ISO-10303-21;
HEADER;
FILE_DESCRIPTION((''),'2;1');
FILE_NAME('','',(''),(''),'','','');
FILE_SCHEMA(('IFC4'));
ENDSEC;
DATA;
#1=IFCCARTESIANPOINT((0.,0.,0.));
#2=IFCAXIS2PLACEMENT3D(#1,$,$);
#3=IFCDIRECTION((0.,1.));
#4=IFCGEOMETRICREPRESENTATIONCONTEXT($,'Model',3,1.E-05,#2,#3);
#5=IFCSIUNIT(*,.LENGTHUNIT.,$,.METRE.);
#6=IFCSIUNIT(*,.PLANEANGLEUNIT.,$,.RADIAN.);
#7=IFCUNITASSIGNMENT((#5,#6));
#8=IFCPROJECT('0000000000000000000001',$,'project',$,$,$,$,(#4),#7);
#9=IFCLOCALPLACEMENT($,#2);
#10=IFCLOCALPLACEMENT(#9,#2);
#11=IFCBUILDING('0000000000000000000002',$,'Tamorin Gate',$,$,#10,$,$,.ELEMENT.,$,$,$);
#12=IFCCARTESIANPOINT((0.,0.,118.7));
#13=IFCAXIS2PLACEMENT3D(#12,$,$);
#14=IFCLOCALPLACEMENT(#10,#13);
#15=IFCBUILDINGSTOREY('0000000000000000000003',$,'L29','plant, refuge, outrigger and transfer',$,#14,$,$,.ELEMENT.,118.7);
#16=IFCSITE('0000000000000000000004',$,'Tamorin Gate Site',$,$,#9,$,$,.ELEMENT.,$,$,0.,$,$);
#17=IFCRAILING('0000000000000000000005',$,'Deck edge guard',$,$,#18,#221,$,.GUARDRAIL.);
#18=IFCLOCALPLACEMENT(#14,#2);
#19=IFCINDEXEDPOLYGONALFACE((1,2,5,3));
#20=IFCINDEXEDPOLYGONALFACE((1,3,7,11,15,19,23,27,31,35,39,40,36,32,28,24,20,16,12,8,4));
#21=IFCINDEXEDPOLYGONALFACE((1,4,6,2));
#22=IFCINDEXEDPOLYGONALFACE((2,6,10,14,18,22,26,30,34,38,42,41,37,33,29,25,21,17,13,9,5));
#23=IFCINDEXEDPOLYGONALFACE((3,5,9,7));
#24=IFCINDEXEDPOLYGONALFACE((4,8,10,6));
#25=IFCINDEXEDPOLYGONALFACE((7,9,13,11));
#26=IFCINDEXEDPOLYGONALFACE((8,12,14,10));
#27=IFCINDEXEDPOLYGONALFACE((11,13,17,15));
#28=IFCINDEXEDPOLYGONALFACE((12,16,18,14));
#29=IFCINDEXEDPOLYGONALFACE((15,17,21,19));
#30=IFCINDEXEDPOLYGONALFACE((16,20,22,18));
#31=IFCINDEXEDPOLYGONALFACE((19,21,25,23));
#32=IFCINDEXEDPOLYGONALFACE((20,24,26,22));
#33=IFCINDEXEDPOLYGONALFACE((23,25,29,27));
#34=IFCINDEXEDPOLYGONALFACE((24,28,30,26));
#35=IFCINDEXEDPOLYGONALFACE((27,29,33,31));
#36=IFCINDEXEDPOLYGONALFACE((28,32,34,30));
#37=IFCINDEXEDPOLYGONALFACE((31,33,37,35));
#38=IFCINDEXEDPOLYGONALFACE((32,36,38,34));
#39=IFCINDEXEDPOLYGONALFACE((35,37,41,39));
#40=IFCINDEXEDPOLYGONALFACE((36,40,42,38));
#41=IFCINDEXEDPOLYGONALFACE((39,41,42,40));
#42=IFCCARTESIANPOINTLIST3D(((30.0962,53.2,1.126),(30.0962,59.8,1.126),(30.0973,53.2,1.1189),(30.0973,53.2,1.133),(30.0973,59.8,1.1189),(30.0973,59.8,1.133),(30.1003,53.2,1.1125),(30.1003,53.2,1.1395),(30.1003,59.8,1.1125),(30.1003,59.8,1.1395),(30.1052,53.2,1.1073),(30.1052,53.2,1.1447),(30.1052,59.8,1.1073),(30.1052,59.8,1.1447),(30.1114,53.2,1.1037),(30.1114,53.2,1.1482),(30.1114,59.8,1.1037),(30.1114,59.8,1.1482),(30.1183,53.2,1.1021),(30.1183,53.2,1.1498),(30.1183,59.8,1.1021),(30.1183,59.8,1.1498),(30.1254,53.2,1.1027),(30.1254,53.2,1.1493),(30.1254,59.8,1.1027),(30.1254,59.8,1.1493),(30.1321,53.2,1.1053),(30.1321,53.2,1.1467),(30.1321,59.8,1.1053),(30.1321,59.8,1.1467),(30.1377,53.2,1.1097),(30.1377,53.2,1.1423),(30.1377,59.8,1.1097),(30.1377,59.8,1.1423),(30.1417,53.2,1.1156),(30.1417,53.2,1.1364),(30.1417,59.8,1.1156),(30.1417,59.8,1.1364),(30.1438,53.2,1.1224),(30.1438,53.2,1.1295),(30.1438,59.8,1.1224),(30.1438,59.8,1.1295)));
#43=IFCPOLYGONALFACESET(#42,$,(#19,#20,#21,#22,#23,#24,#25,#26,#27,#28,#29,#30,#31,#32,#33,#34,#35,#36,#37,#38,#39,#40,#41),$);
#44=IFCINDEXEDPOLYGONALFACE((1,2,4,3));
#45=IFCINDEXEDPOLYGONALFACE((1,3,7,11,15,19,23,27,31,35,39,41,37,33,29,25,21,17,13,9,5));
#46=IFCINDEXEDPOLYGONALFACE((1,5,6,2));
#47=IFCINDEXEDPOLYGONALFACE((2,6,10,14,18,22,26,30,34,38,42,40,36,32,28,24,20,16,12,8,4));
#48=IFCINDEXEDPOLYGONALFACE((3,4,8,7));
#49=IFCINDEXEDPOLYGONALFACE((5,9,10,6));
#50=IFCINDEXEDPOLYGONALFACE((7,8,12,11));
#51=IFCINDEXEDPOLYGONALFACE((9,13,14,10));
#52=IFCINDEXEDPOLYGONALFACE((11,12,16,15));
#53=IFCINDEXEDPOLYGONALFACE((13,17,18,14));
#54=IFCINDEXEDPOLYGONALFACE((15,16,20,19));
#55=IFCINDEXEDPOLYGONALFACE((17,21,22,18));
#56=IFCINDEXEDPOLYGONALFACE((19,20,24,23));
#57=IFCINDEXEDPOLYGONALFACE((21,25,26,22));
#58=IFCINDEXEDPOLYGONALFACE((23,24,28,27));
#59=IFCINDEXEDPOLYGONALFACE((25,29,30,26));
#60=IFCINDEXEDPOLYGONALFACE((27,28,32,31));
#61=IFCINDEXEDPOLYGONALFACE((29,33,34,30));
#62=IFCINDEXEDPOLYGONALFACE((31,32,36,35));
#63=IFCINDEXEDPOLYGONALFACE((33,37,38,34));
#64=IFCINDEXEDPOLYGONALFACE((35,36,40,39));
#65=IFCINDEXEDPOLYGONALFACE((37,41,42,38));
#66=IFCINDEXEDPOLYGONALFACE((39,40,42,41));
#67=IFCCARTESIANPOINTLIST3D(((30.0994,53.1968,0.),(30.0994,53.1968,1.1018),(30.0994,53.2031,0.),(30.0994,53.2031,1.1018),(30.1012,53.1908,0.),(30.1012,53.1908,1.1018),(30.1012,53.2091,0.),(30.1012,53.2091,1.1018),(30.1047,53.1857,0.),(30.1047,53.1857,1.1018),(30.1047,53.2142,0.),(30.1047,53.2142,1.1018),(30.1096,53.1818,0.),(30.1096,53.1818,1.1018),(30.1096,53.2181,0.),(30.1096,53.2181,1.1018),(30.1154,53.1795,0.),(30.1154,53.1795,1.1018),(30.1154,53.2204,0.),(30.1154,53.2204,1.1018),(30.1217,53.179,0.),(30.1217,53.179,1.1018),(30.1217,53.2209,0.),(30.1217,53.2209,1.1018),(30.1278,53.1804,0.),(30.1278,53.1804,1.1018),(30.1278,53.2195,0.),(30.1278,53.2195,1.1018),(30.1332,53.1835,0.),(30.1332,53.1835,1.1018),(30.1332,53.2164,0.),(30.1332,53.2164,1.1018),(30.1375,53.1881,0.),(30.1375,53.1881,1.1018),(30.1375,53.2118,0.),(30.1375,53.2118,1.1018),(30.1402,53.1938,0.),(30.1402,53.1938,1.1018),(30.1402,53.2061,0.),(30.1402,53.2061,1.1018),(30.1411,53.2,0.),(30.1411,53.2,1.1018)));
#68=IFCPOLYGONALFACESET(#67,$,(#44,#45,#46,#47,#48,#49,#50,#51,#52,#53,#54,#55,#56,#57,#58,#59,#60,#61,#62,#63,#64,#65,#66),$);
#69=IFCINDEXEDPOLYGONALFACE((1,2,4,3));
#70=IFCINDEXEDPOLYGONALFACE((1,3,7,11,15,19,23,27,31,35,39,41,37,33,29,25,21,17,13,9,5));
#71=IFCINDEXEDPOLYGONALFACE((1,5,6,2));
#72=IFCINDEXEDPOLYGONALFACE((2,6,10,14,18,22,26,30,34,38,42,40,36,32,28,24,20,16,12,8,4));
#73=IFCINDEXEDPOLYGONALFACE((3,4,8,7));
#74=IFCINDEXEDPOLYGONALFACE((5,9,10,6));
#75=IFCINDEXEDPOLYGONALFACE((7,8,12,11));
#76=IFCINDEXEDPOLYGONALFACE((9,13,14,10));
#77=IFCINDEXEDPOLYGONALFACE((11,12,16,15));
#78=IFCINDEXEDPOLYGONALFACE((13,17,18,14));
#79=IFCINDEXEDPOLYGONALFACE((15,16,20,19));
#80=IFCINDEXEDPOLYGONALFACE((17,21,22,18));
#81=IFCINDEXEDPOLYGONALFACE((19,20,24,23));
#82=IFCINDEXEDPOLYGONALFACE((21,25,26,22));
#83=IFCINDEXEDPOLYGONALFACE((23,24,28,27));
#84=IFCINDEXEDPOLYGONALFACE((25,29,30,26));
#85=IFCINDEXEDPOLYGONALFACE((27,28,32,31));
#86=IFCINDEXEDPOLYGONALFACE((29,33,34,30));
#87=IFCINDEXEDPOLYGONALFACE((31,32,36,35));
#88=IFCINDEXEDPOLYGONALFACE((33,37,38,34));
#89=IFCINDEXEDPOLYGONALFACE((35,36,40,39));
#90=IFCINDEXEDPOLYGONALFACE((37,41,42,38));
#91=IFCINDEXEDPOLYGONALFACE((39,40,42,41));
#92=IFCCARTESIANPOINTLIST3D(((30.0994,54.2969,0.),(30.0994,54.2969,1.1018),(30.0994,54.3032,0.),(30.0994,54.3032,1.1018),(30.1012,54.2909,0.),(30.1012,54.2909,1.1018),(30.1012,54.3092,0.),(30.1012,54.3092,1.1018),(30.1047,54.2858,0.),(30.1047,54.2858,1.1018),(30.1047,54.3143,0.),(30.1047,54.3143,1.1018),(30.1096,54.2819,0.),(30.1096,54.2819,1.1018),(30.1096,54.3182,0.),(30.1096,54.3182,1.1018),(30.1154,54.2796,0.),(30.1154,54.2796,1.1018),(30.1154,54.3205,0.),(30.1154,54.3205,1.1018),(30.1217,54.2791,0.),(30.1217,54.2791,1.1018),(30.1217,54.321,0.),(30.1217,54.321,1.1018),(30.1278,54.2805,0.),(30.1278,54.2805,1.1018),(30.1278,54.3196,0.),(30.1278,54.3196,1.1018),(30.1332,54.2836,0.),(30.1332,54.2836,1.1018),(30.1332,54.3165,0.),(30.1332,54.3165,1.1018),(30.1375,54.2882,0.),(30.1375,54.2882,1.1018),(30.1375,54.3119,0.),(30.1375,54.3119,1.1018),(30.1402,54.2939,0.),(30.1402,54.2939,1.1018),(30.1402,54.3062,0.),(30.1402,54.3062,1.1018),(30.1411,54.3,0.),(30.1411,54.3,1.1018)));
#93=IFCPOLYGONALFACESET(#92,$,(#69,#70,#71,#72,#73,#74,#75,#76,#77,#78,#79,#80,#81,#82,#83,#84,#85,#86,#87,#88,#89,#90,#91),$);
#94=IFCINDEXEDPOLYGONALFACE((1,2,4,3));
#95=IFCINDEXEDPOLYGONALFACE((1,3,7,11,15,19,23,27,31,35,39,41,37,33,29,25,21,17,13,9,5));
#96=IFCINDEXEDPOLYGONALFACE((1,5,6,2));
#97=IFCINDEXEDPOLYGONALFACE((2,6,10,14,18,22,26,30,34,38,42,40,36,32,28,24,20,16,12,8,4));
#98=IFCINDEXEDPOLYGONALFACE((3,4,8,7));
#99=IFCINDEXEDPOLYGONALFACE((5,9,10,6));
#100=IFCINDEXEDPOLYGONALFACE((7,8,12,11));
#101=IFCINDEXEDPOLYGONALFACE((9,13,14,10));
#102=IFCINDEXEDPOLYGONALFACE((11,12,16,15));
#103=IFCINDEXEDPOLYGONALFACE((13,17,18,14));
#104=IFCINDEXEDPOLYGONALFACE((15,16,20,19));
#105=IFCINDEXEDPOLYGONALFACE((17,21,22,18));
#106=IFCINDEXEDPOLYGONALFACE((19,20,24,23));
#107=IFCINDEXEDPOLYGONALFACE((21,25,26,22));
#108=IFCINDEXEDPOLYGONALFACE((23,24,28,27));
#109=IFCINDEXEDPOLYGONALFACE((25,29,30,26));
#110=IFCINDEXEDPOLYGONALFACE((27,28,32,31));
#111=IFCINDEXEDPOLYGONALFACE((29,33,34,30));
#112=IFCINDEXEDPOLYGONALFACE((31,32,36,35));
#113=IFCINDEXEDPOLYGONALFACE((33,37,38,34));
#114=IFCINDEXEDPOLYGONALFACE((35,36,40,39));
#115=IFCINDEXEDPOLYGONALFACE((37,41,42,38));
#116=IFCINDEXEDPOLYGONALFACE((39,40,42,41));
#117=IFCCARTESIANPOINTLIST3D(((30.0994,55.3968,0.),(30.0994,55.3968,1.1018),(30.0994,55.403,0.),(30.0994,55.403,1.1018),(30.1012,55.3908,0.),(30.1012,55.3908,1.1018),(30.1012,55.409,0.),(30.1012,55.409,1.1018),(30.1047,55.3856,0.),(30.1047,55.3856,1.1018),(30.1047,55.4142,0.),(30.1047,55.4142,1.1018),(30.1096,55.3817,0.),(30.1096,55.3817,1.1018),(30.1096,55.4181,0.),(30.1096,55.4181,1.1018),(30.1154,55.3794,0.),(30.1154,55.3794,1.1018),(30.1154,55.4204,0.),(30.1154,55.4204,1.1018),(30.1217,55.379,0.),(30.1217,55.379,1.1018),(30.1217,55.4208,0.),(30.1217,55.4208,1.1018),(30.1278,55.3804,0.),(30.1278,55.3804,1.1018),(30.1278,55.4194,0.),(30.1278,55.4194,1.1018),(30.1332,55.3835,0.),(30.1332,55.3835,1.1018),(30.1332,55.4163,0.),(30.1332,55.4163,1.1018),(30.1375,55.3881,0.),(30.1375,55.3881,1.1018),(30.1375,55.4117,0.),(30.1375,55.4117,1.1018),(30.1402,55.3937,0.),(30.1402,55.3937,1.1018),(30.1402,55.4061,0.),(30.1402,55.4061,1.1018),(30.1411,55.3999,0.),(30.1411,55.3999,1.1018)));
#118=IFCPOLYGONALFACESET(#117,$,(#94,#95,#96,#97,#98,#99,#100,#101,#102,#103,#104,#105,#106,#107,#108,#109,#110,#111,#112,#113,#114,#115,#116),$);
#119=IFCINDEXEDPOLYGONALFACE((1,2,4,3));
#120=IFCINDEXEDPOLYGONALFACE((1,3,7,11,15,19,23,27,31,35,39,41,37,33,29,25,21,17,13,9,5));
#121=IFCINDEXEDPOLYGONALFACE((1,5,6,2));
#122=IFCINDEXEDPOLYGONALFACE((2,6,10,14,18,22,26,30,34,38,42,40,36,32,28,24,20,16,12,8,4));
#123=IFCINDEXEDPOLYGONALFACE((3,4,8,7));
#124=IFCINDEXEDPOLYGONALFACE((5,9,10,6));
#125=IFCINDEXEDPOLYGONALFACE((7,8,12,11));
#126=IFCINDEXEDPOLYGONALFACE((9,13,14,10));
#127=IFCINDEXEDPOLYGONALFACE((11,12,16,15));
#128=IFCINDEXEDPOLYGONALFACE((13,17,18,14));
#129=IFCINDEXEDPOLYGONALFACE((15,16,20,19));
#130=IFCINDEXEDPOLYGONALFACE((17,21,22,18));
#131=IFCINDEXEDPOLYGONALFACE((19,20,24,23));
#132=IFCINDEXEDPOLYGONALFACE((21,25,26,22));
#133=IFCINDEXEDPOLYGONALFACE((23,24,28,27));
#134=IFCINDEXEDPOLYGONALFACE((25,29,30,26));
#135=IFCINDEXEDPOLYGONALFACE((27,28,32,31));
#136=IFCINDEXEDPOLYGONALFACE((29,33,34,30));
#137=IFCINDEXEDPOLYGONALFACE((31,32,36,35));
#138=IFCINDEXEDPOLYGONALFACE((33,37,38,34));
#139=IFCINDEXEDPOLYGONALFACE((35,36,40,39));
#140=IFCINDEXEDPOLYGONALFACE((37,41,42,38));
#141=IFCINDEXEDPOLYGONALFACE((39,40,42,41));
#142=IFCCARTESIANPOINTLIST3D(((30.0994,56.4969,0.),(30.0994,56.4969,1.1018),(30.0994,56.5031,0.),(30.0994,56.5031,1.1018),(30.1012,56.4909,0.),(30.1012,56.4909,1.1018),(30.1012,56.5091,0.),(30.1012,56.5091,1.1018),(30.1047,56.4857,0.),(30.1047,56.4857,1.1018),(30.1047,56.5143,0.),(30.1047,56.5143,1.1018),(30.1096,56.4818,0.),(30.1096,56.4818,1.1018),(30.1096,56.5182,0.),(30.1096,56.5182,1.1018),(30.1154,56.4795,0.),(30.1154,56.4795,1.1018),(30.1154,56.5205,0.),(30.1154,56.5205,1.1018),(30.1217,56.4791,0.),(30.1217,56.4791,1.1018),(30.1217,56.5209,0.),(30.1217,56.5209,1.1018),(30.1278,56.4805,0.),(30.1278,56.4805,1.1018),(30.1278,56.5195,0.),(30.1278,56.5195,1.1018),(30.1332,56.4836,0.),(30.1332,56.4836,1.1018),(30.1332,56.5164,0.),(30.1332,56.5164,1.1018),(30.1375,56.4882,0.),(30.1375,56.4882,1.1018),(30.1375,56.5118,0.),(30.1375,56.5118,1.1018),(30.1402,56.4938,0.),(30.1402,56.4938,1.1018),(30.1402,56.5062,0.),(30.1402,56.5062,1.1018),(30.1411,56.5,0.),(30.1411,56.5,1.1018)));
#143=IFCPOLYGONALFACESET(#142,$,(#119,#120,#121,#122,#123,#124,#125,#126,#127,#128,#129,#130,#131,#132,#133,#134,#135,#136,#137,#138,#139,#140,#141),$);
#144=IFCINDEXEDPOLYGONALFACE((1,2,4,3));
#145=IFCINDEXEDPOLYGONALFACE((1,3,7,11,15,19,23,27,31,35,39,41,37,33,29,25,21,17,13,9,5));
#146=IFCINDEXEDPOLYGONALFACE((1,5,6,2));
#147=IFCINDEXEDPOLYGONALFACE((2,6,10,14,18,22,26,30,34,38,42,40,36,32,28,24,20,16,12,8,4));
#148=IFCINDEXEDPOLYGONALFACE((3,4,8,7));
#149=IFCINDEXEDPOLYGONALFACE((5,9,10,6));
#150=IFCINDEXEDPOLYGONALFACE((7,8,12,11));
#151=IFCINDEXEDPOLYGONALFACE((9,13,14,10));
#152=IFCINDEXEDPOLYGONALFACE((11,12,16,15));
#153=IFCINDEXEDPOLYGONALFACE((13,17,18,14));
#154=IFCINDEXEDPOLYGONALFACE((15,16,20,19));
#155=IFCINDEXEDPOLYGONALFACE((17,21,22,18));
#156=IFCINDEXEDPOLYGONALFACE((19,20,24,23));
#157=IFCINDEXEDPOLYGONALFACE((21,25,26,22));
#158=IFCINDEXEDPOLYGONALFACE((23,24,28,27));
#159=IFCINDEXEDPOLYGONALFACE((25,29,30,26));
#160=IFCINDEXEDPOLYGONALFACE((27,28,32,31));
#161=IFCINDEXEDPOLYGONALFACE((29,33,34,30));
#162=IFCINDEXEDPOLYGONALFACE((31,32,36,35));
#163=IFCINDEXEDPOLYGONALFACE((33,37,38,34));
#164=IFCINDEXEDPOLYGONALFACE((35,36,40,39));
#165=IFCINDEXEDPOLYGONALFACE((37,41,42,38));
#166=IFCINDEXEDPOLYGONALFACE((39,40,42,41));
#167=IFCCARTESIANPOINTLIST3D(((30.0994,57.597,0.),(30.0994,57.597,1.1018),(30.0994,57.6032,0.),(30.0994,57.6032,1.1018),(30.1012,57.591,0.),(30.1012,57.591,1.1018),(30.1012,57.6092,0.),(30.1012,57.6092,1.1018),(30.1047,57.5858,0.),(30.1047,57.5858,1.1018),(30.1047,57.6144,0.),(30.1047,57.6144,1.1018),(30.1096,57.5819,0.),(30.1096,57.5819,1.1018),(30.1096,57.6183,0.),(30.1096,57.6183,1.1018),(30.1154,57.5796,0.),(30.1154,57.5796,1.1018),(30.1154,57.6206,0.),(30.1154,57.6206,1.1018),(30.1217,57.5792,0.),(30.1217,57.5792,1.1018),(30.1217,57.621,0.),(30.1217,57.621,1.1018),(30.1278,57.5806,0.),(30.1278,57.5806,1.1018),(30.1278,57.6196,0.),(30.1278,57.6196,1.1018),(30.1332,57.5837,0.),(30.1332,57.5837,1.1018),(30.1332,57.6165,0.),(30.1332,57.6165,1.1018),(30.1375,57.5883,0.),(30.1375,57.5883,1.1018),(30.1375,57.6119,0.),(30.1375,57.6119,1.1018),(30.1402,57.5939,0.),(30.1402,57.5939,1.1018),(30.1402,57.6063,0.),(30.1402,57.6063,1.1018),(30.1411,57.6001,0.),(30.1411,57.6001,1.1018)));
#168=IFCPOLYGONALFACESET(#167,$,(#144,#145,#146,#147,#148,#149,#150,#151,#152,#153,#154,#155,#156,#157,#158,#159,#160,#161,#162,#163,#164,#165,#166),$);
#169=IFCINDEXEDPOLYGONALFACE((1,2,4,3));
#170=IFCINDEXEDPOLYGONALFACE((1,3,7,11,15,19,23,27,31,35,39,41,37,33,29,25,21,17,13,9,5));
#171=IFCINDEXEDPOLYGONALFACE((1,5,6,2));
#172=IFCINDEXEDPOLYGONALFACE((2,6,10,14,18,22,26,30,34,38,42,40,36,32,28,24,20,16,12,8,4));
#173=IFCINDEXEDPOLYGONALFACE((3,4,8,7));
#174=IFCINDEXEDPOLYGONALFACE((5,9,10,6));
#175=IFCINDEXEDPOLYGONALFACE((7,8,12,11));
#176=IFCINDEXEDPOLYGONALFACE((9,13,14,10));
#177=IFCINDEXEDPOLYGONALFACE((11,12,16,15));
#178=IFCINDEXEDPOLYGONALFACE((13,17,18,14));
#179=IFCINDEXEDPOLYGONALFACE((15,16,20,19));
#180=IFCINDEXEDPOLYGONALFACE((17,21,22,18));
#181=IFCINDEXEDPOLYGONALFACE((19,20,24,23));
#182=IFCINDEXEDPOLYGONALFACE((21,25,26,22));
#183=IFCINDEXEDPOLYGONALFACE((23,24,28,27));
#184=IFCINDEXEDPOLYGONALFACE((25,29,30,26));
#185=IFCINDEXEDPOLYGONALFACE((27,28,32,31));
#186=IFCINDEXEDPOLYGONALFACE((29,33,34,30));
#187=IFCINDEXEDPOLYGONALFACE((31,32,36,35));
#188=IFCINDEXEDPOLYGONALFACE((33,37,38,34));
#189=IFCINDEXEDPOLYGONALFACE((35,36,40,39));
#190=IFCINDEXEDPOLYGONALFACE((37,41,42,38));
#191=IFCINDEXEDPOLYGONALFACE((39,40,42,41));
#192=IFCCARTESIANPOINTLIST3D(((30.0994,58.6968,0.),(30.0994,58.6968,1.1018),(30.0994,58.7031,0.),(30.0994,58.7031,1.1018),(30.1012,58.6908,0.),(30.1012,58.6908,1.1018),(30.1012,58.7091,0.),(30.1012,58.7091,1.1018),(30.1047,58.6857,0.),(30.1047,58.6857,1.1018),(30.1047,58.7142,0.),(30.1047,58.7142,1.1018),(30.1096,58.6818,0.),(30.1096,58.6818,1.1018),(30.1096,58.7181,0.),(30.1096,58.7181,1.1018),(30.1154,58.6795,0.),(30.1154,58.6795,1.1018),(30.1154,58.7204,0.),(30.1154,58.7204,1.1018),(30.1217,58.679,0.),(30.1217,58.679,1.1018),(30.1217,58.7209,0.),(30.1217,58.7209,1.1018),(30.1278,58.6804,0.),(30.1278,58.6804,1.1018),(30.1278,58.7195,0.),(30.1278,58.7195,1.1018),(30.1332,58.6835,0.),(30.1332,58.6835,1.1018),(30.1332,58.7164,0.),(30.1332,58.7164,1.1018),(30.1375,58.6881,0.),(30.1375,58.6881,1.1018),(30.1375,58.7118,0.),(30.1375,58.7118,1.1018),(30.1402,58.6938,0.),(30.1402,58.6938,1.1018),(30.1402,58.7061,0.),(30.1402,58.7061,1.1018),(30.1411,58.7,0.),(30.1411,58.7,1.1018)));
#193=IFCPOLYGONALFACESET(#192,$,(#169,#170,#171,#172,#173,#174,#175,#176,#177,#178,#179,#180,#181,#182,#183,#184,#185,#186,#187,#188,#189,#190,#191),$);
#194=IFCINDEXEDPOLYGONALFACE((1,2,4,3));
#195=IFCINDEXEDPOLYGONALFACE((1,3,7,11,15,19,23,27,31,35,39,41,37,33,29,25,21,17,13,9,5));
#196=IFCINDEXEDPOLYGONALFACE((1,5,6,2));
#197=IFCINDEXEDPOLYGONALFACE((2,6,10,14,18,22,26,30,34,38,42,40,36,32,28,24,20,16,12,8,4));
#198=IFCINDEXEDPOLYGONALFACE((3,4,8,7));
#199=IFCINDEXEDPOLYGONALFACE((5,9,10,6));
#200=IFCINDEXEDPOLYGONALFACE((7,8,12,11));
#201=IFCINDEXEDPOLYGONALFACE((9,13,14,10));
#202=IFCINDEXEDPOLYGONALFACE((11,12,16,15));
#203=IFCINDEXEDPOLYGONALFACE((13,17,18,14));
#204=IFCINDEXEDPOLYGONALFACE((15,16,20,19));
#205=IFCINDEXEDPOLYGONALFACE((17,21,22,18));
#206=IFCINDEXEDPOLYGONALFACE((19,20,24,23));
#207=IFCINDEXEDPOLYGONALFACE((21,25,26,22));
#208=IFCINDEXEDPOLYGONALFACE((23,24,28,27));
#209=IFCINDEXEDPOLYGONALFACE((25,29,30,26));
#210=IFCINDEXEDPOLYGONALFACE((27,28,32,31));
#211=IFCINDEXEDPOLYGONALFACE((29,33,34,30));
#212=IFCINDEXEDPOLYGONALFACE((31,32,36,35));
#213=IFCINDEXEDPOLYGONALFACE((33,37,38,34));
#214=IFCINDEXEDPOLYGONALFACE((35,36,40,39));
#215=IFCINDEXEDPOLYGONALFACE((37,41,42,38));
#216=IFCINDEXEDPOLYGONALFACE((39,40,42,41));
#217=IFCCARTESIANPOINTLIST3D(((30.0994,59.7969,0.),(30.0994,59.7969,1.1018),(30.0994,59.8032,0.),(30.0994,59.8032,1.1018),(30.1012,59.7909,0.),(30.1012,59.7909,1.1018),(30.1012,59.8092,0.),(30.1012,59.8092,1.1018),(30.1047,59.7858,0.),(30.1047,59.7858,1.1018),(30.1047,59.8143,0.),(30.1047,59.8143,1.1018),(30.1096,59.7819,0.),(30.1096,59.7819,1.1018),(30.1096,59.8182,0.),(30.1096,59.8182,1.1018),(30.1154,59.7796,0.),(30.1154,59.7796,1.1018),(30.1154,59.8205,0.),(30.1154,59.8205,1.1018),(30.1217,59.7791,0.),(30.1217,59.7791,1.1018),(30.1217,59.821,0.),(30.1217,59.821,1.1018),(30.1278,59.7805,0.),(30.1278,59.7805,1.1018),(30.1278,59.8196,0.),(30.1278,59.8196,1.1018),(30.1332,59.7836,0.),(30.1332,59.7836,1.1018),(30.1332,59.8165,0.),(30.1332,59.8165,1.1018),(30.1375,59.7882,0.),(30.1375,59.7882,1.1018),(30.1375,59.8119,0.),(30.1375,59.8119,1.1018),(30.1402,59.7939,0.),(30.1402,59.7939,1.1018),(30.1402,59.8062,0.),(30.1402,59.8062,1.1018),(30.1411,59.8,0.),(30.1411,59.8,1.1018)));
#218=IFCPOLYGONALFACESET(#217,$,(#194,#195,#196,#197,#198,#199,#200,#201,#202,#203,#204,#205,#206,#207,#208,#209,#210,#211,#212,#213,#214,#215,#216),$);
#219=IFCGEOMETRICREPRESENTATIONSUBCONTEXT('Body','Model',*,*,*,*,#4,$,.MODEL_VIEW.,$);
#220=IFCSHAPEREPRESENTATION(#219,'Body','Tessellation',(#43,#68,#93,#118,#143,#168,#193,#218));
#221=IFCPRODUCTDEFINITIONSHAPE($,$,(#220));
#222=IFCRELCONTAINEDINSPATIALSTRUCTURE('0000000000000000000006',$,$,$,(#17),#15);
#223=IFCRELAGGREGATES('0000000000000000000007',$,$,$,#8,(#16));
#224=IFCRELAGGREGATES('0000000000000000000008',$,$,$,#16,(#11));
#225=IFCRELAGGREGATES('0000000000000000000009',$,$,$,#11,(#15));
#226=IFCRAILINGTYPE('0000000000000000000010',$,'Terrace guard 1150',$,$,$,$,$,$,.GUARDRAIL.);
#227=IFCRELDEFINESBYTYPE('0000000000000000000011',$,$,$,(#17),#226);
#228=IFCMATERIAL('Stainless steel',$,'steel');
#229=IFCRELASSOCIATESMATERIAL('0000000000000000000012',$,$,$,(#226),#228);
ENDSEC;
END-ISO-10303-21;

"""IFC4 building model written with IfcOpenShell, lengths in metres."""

from ifc_helpers import new_model, si_unit, direction, frame, origin, origin_2d, place, context, subcontext, project, spatial, circle, extrude, material, type_object, element, save


model = new_model("IFC4")

# Units and contexts
model_context = context("Model", 3, precision=1e-05, world=origin(), true_north=direction((0.0, 1.0)))
body_context = subcontext(model_context, "Body", "Model", "MODEL_VIEW")
ifc_project = project(units=[si_unit("LENGTHUNIT", "METRE"), si_unit("PLANEANGLEUNIT", "RADIAN")], contexts=[model_context])

# Site, building, storey
site_placement = place(None, origin())
site = spatial("IfcSite", under=ifc_project, at=site_placement, Name="Tamorin Gate Site", CompositionType="ELEMENT", RefElevation=0.0)
building_placement = place(site_placement, origin())
building = spatial("IfcBuilding", under=site, at=building_placement, Name="Tamorin Gate", CompositionType="ELEMENT")
storey_placement = place(building_placement, frame((0.0, 0.0, 118.7)))
storey = spatial("IfcBuildingStorey", under=building, at=storey_placement, Name="L29", Description="plant, refuge, outrigger and transfer", CompositionType="ELEMENT", Elevation=118.7)

# Railing
ifc_material_1 = material(Name="Stainless steel", Category="steel")
railing_type_1 = type_object("IfcRailingType", Name="Terrace guard 1150", PredefinedType="GUARDRAIL", material=ifc_material_1)
railing_1_placement = place(storey_placement, frame((30.1201, 53.2, 0.0)))
element("IfcRailing", 1, at=railing_1_placement, inside=storey, type_object=railing_type_1, Name="Deck edge guard", PredefinedType="GUARDRAIL", context=body_context, shape_type="SweptSolid", body=[
    extrude(circle(Radius=0.0239, at=origin_2d()), frame((0.0, 0.0, 1.126), z_axis=(0.0, 1.0, 0.0), x_axis=(-1.0, 0.0, 0.0)), (0.0, 0.0, 1.0), 6.6001),
    extrude(circle(Radius=0.021, at=origin_2d()), origin(), (0.0, 0.0, 1.0), 1.1018),
    extrude(circle(Radius=0.021, at=origin_2d()), frame((0.0, 1.1001, 0.0)), (0.0, 0.0, 1.0), 1.1018),
    extrude(circle(Radius=0.021, at=origin_2d()), frame((0.0, 2.2, 0.0)), (0.0, 0.0, 1.0), 1.1018),
    extrude(circle(Radius=0.021, at=origin_2d()), frame((0.0, 3.3, 0.0)), (0.0, 0.0, 1.0), 1.1018),
    extrude(circle(Radius=0.021, at=origin_2d()), frame((0.0, 4.4001, 0.0)), (0.0, 0.0, 1.0), 1.1018),
    extrude(circle(Radius=0.021, at=origin_2d()), frame((0.0, 5.5, 0.0)), (0.0, 0.0, 1.0), 1.1018),
    extrude(circle(Radius=0.021, at=origin_2d()), frame((0.0, 6.6001, 0.0)), (0.0, 0.0, 1.0), 1.1018),
])

save(model, "model.ifc")
